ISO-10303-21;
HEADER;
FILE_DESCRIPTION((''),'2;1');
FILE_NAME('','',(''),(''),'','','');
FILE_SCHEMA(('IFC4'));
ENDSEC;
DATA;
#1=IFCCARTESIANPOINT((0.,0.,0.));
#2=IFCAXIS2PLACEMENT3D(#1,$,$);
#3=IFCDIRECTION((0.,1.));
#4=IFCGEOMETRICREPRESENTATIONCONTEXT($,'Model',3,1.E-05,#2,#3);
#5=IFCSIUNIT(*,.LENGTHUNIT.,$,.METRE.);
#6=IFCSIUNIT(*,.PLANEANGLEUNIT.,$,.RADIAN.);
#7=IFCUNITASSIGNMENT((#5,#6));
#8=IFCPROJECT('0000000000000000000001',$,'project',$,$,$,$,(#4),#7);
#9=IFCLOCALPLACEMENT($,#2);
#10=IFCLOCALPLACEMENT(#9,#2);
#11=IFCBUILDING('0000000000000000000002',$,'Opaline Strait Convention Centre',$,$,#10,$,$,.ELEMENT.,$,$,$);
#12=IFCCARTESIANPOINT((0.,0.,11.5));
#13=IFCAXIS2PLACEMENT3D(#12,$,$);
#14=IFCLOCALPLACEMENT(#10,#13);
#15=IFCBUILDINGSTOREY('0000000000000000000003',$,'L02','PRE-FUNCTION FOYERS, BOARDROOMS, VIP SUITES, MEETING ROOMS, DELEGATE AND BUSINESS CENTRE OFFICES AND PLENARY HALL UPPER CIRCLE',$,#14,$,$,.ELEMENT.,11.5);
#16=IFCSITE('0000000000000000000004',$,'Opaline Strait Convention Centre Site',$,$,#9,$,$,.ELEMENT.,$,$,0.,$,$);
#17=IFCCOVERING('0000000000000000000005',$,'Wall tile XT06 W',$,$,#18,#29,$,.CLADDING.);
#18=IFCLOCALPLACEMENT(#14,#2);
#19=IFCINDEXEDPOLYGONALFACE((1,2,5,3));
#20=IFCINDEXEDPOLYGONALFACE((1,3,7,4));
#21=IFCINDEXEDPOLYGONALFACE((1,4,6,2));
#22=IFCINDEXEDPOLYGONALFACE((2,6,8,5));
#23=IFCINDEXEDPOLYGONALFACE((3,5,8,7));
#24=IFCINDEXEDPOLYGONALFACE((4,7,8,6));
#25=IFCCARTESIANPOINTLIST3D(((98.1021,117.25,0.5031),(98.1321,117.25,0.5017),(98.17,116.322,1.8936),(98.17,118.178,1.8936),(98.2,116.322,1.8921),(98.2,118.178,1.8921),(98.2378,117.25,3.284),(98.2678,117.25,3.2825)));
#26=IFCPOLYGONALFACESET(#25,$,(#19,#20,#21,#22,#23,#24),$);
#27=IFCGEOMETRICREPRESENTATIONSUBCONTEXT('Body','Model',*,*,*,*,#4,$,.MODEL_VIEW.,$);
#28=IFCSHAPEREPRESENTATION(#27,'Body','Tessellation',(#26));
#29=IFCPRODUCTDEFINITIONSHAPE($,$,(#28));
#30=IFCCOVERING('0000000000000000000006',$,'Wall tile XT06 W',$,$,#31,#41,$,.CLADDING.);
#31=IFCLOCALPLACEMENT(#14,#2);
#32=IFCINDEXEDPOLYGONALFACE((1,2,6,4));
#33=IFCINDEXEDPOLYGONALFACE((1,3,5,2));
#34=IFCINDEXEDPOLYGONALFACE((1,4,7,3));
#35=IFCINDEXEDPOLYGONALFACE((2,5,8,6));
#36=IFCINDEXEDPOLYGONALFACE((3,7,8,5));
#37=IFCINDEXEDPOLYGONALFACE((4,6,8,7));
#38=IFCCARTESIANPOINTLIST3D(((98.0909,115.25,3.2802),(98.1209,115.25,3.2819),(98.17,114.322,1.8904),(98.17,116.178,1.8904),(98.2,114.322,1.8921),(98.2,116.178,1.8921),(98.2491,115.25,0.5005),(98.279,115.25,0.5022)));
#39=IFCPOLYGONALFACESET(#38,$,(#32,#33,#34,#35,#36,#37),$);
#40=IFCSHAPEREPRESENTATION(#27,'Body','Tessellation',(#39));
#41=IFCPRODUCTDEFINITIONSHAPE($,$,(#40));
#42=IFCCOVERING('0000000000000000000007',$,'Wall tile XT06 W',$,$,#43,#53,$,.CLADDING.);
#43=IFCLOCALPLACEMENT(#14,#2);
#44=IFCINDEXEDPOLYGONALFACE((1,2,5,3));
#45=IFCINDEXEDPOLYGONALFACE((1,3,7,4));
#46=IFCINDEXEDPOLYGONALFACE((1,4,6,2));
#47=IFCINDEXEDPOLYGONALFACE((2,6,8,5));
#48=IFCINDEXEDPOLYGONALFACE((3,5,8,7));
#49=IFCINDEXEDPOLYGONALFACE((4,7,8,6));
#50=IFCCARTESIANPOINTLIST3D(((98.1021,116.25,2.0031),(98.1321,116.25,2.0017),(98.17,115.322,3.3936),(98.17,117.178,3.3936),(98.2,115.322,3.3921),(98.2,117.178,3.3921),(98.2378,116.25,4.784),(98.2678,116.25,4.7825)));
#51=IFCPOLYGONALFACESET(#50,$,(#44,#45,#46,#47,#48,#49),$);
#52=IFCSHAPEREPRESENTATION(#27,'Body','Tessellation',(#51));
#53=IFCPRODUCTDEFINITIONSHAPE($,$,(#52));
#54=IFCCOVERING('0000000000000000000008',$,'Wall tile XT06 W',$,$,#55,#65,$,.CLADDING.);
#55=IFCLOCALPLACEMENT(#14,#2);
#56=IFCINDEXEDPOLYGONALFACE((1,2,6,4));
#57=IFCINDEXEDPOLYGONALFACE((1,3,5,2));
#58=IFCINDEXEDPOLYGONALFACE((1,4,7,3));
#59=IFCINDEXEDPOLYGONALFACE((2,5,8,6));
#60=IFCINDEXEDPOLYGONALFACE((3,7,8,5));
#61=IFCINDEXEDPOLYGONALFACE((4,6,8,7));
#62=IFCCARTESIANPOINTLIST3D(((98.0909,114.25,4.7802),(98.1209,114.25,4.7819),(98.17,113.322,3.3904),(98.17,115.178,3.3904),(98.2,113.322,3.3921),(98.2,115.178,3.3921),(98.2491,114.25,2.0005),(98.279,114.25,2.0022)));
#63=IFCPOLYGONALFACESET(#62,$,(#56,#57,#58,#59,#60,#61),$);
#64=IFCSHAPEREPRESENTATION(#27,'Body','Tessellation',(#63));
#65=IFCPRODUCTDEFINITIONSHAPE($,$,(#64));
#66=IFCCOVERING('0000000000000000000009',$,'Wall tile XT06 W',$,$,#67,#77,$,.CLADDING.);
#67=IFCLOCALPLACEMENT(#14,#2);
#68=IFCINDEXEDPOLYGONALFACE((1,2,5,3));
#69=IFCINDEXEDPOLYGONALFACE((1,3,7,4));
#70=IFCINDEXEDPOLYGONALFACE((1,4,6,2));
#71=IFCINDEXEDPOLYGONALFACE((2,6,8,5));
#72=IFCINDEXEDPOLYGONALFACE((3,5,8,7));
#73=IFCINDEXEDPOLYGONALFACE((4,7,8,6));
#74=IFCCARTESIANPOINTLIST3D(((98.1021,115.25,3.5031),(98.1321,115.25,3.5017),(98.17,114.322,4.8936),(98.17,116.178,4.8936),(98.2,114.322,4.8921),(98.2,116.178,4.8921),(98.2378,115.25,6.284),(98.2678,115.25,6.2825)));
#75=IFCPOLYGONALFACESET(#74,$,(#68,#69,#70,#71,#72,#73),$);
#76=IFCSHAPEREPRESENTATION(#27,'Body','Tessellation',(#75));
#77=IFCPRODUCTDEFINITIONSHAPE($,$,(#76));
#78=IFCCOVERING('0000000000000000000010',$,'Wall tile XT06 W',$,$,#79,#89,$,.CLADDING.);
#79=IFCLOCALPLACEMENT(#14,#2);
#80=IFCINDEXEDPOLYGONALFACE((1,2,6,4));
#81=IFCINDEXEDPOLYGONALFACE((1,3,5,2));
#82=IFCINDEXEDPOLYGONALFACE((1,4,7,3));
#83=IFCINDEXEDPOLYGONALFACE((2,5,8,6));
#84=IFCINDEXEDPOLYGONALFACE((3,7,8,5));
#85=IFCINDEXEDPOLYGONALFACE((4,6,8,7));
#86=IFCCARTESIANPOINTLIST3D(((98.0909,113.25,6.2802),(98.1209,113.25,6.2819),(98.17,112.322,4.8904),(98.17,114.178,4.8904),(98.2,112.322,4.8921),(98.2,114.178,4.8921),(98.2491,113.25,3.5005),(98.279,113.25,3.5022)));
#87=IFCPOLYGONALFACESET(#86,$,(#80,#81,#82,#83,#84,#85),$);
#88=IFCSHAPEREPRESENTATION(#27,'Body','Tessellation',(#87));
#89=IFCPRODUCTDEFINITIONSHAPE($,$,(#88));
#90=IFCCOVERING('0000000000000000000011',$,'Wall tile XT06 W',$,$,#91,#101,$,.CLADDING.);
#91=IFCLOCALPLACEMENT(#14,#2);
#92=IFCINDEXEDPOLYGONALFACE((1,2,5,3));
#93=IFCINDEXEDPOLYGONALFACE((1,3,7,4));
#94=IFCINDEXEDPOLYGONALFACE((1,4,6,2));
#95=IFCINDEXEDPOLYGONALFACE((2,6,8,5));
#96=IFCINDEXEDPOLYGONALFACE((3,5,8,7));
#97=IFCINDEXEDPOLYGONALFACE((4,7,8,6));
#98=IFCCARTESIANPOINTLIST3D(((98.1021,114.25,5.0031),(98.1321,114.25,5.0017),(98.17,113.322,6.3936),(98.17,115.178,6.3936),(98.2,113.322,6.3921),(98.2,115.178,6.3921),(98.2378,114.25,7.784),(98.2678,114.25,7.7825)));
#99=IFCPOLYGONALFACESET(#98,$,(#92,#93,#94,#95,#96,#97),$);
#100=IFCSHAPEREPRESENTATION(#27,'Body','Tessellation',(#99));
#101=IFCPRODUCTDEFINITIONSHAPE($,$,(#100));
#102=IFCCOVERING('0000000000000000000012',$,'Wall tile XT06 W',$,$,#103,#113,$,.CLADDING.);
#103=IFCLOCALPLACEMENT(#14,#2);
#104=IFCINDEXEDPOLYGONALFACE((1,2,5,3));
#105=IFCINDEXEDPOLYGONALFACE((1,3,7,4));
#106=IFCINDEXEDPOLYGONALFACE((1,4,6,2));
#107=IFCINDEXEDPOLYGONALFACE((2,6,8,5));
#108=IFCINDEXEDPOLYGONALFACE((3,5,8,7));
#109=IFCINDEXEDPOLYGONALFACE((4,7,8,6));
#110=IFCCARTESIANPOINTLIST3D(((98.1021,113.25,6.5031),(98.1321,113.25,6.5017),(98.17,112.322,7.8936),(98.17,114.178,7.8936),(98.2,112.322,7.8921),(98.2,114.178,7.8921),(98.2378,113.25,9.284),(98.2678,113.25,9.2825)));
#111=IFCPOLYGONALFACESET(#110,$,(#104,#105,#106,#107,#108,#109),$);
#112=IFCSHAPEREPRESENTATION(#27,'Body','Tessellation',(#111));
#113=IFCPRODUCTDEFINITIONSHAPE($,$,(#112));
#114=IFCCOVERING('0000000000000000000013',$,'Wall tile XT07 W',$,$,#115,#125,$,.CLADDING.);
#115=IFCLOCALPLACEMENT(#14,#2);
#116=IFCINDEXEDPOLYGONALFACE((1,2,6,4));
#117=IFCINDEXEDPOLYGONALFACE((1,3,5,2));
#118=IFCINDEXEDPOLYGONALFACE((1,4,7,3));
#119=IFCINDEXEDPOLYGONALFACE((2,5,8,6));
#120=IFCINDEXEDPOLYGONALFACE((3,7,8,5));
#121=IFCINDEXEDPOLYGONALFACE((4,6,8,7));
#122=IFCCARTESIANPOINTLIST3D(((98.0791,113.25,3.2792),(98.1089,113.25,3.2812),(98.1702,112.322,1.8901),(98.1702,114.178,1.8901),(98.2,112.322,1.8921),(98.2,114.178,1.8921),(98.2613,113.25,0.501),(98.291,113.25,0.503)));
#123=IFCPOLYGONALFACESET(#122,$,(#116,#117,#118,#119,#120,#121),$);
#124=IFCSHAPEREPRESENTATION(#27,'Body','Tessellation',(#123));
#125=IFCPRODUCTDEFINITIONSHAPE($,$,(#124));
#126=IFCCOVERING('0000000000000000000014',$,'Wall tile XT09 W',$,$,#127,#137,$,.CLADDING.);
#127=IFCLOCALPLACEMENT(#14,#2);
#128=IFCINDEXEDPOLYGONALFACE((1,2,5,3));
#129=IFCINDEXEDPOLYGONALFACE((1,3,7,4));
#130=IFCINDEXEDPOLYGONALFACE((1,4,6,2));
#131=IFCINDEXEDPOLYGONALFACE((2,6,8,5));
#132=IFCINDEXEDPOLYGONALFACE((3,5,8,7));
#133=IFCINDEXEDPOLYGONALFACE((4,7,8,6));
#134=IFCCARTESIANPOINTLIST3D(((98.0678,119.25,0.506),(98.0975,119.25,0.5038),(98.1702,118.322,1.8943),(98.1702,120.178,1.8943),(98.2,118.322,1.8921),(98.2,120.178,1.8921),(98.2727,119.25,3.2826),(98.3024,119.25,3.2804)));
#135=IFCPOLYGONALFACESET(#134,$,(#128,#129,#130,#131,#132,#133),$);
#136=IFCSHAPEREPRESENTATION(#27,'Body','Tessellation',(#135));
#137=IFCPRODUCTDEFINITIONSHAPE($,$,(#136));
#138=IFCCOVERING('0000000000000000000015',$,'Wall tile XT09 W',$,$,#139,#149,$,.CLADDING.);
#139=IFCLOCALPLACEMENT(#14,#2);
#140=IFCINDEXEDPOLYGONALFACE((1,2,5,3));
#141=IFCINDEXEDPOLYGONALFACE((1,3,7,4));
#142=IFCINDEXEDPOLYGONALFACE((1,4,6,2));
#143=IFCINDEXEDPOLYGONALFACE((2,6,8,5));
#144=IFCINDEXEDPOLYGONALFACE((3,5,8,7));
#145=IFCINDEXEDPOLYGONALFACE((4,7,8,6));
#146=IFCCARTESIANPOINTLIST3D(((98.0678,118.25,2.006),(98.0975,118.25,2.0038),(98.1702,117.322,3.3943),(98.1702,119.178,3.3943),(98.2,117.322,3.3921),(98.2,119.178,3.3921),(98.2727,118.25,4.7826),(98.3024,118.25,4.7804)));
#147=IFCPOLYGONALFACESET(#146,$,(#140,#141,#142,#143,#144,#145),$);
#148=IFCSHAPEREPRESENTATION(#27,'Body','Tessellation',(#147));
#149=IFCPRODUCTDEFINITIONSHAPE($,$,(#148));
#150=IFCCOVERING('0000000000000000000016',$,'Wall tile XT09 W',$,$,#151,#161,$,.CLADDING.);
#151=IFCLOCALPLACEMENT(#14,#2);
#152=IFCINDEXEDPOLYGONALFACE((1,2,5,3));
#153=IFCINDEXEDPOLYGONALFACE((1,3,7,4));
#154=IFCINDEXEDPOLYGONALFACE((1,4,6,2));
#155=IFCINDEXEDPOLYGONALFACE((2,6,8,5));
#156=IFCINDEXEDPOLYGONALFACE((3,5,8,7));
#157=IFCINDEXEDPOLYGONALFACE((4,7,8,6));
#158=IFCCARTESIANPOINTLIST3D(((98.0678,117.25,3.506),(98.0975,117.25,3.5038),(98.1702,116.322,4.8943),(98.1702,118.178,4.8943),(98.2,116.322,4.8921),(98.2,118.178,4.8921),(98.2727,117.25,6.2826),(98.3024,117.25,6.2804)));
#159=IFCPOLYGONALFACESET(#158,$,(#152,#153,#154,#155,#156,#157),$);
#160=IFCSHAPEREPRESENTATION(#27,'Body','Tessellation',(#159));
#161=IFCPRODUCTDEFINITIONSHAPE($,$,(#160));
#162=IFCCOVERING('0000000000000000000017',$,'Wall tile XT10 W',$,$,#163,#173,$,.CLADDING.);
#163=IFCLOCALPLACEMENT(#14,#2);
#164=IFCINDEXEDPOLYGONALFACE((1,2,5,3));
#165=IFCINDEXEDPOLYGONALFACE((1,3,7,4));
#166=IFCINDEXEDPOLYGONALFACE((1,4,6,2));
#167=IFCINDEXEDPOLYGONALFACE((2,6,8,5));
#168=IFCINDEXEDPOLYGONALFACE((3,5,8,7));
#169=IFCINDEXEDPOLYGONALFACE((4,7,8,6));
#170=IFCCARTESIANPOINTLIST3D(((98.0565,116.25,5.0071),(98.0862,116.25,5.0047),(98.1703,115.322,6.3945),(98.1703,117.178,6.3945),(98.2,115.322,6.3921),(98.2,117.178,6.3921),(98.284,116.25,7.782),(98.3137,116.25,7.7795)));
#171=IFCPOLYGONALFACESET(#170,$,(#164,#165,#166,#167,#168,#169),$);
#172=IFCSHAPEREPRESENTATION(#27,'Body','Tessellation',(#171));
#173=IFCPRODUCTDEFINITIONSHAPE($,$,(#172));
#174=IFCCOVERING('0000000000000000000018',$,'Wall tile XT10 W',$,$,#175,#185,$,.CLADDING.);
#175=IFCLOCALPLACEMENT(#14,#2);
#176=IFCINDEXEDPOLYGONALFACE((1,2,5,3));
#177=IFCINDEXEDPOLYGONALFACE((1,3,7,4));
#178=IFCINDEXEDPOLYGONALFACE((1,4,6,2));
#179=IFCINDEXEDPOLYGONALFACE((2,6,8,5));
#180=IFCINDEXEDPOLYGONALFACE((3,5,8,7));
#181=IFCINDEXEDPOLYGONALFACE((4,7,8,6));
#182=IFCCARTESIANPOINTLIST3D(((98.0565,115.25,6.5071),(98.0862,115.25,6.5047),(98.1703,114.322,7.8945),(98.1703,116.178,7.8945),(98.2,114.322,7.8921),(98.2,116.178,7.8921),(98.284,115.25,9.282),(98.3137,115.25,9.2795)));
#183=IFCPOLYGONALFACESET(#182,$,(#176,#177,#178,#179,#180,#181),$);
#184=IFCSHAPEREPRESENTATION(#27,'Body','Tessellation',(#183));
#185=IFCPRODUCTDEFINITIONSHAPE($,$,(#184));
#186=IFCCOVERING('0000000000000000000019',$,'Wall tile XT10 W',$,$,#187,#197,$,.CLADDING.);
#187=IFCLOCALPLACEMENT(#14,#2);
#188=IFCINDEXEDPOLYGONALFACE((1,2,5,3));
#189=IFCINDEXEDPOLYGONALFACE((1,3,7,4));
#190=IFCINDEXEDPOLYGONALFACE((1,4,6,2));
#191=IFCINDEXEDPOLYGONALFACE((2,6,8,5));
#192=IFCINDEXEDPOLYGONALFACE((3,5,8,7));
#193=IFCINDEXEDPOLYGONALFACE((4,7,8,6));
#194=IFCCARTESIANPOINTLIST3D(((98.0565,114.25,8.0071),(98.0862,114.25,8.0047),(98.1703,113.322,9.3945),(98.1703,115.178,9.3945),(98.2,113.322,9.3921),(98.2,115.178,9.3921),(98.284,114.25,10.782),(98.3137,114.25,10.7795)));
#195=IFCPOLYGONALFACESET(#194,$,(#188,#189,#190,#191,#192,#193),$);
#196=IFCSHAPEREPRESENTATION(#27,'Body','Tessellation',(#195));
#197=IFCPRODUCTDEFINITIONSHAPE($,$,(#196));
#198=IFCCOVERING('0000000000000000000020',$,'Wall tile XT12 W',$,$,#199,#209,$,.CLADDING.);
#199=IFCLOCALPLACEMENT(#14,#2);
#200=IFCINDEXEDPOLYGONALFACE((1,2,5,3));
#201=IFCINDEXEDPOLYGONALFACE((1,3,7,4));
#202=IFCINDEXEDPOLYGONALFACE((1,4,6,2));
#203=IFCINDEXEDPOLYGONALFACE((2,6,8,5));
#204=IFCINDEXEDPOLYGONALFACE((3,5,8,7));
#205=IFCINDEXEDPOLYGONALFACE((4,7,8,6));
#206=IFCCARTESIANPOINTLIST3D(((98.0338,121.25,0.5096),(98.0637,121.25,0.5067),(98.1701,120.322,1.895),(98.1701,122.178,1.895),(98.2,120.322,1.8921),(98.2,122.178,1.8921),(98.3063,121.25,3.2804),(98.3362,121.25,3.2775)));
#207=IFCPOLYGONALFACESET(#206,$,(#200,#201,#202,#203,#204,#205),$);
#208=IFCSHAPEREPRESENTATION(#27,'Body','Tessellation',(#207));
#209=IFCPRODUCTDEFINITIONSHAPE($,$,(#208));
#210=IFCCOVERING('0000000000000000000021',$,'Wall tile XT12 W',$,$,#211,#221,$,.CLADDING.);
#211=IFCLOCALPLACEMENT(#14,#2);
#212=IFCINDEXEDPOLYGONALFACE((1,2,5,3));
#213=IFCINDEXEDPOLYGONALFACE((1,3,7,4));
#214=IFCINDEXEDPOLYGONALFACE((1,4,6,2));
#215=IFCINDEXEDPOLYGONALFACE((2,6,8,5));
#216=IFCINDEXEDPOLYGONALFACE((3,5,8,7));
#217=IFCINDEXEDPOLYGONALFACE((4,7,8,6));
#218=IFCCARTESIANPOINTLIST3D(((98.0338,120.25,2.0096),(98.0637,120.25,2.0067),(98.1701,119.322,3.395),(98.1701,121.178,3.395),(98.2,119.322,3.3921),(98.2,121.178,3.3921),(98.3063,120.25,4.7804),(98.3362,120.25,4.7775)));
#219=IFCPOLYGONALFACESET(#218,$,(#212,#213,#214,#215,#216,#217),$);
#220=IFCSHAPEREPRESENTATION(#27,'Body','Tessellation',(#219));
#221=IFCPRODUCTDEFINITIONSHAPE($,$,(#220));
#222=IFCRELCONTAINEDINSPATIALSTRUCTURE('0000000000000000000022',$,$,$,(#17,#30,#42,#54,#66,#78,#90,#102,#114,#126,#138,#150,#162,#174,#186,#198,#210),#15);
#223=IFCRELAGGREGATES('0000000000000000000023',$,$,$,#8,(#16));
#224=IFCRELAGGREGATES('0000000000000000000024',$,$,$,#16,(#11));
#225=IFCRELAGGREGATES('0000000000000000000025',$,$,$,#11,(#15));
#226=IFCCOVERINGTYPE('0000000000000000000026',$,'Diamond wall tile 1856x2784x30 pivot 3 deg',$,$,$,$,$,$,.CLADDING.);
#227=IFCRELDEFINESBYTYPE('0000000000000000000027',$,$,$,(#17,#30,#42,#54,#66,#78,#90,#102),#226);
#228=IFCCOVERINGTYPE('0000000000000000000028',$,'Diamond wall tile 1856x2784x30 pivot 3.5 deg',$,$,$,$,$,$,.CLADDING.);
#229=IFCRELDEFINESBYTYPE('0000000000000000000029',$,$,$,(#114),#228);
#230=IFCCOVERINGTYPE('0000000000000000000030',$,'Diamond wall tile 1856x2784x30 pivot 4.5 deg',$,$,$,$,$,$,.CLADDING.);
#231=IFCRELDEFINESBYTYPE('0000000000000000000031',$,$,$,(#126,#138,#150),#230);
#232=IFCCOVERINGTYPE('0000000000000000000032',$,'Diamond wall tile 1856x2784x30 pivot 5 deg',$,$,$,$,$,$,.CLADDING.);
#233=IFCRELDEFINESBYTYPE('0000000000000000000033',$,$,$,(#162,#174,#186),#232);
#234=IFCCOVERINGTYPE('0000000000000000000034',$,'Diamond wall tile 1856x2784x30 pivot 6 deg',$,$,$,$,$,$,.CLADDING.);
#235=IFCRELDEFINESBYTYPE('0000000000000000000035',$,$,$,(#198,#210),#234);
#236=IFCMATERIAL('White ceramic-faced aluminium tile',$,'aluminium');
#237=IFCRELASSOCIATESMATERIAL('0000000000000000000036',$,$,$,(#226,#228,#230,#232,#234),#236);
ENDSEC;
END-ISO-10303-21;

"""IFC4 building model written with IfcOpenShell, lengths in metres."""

from ifc_helpers import new_model, si_unit, direction, frame, origin, place, context, subcontext, project, spatial, polyline, outline, extrude, material, material_profile, profile_set, type_object, element, save


model = new_model("IFC4")

# Units and contexts
model_context = context("Model", 3, precision=1e-05, world=origin(), true_north=direction((0.0, 1.0)))
body_context = subcontext(model_context, "Body", "Model", "MODEL_VIEW")
ifc_project = project(units=[si_unit("LENGTHUNIT", "METRE"), si_unit("PLANEANGLEUNIT", "RADIAN")], contexts=[model_context])

# Site, building, storey
site_placement = place(None, origin())
site = spatial("IfcSite", under=ifc_project, at=site_placement, Name="Opaline Strait Convention Centre Site", CompositionType="ELEMENT", RefElevation=0.0)
building_placement = place(site_placement, origin())
building = spatial("IfcBuilding", under=site, at=building_placement, Name="Opaline Strait Convention Centre", CompositionType="ELEMENT")
storey_placement = place(building_placement, frame((0.0, 0.0, 11.5)))
storey = spatial("IfcBuildingStorey", under=building, at=storey_placement, Name="L02", Description="PRE-FUNCTION FOYERS, BOARDROOMS, VIP SUITES, MEETING ROOMS, DELEGATE AND BUSINESS CENTRE OFFICES AND PLENARY HALL UPPER CIRCLE", CompositionType="ELEMENT", Elevation=11.5)

# Coverings
ifc_material = material(Name="White ceramic-faced aluminium tile", Category="aluminium")
ifc_material_profile_1 = material_profile(ifc_material, outline(polyline([(0.928, 0.0), (0.0, 1.3921), (-0.928, 0.0), (0.0, -1.3921), (0.928, 0.0)])), Name="Diamond tile 1856x2784")
ifc_profile_set_1 = profile_set([ifc_material_profile_1], Name="White ceramic-faced aluminium tile")
covering_type_1 = type_object("IfcCoveringType", Name="Diamond wall tile 1856x2784x30 pivot 3 deg", PredefinedType="CLADDING", material=ifc_profile_set_1)
for number, where, z_axis, x_axis, name in (
    (1, (98.2, 117.25, 1.8921), (-0.998812, 0.0, 0.048723), (0.0, -1.0, 0.0), "Wall tile XT06 W"),
    (2, (98.2, 115.25, 1.8921), (-0.998385, 0.0, -0.056819), (0.0, -1.0, 0.0), "Wall tile XT06 W"),
    (3, (98.2, 116.25, 3.3921), (-0.998812, 0.0, 0.048723), (0.0, -1.0, 0.0), "Wall tile XT06 W"),
    (4, (98.2, 114.25, 3.3921), (-0.998385, 0.0, -0.056819), (0.0, -1.0, 0.0), "Wall tile XT06 W"),
    (5, (98.2, 115.25, 4.8921), (-0.998812, 0.0, 0.048723), (0.0, -1.0, 0.0), "Wall tile XT06 W"),
    (6, (98.2, 113.25, 4.8921), (-0.998385, 0.0, -0.056819), (0.0, -1.0, 0.0), "Wall tile XT06 W"),
    (7, (98.2, 114.25, 6.3921), (-0.998812, 0.0, 0.048723), (0.0, -1.0, 0.0), "Wall tile XT06 W"),
    (8, (98.2, 113.25, 7.8921), (-0.998812, 0.0, 0.048723), (0.0, -1.0, 0.0), "Wall tile XT06 W"),
):
    element("IfcCovering", number, at=place(storey_placement, frame(where, z_axis=z_axis, x_axis=x_axis)), inside=storey, type_object=covering_type_1, Name=name, PredefinedType="CLADDING", context=body_context, shape_type="SweptSolid", body=[
        extrude(outline(polyline([(0.928, 0.0), (0.0, 1.3921), (-0.928, 0.0), (0.0, -1.3921), (0.928, 0.0)])), origin(), (0.0, 0.0, 1.0), 0.03),
    ])
ifc_material_profile_2 = material_profile(ifc_material, outline(polyline([(0.928, 0.0), (0.0, 1.3921), (-0.928, 0.0), (0.0, -1.3921), (0.928, 0.0)])), Name="Diamond tile 1856x2784")
ifc_profile_set_2 = profile_set([ifc_material_profile_2], Name="White ceramic-faced aluminium tile")
covering_type_2 = type_object("IfcCoveringType", Name="Diamond wall tile 1856x2784x30 pivot 3.5 deg", PredefinedType="CLADDING", material=ifc_profile_set_2)
covering_1_placement = place(storey_placement, frame((98.2, 113.25, 1.8921), z_axis=(-0.997857, 0.0, -0.065433), x_axis=(0.0, -1.0, 0.0)))
element("IfcCovering", 9, at=covering_1_placement, inside=storey, type_object=covering_type_2, Name="Wall tile XT07 W", PredefinedType="CLADDING", context=body_context, shape_type="SweptSolid", body=[
    extrude(outline(polyline([(0.928, 0.0), (0.0, 1.3921), (-0.928, 0.0), (0.0, -1.3921), (0.928, 0.0)])), origin(), (0.0, 0.0, 1.0), 0.0298),
])
ifc_material_profile_3 = material_profile(ifc_material, outline(polyline([(0.928, 0.0), (0.0, 1.3921), (-0.928, 0.0), (0.0, -1.3921), (0.928, 0.0)])), Name="Diamond tile 1856x2784")
ifc_profile_set_3 = profile_set([ifc_material_profile_3], Name="White ceramic-faced aluminium tile")
covering_type_3 = type_object("IfcCoveringType", Name="Diamond wall tile 1856x2784x30 pivot 4.5 deg", PredefinedType="CLADDING", material=ifc_profile_set_3)
for number, where, z_axis, x_axis, name in (
    (10, (98.2, 119.25, 1.8921), (-0.99729, 0.0, 0.073571), (0.0, -1.0, 0.0), "Wall tile XT09 W"),
    (11, (98.2, 118.25, 3.3921), (-0.99729, 0.0, 0.073571), (0.0, -1.0, 0.0), "Wall tile XT09 W"),
    (12, (98.2, 117.25, 4.8921), (-0.99729, 0.0, 0.073571), (0.0, -1.0, 0.0), "Wall tile XT09 W"),
):
    element("IfcCovering", number, at=place(storey_placement, frame(where, z_axis=z_axis, x_axis=x_axis)), inside=storey, type_object=covering_type_3, Name=name, PredefinedType="CLADDING", context=body_context, shape_type="SweptSolid", body=[
        extrude(outline(polyline([(0.928, 0.0), (0.0, 1.3921), (-0.928, 0.0), (0.0, -1.3921), (0.928, 0.0)])), origin(), (0.0, 0.0, 1.0), 0.0298),
    ])
ifc_material_profile_4 = material_profile(ifc_material, outline(polyline([(0.928, 0.0), (0.0, 1.3921), (-0.928, 0.0), (0.0, -1.3921), (0.928, 0.0)])), Name="Diamond tile 1856x2784")
ifc_profile_set_4 = profile_set([ifc_material_profile_4], Name="White ceramic-faced aluminium tile")
covering_type_4 = type_object("IfcCoveringType", Name="Diamond wall tile 1856x2784x30 pivot 5 deg", PredefinedType="CLADDING", material=ifc_profile_set_4)
for number, where, z_axis, x_axis, name in (
    (13, (98.2, 116.25, 6.3921), (-0.996658, 0.0, 0.081693), (0.0, -1.0, 0.0), "Wall tile XT10 W"),
    (14, (98.2, 115.25, 7.8921), (-0.996658, 0.0, 0.081693), (0.0, -1.0, 0.0), "Wall tile XT10 W"),
    (15, (98.2, 114.25, 9.3921), (-0.996658, 0.0, 0.081693), (0.0, -1.0, 0.0), "Wall tile XT10 W"),
):
    element("IfcCovering", number, at=place(storey_placement, frame(where, z_axis=z_axis, x_axis=x_axis)), inside=storey, type_object=covering_type_4, Name=name, PredefinedType="CLADDING", context=body_context, shape_type="SweptSolid", body=[
        extrude(outline(polyline([(0.928, 0.0), (0.0, 1.3921), (-0.928, 0.0), (0.0, -1.3921), (0.928, 0.0)])), origin(), (0.0, 0.0, 1.0), 0.0298),
    ])
ifc_material_profile_5 = material_profile(ifc_material, outline(polyline([(0.928, 0.0), (0.0, 1.3921), (-0.928, 0.0), (0.0, -1.3921), (0.928, 0.0)])), Name="Diamond tile 1856x2784")
ifc_profile_set_5 = profile_set([ifc_material_profile_5], Name="White ceramic-faced aluminium tile")
covering_type_5 = type_object("IfcCoveringType", Name="Diamond wall tile 1856x2784x30 pivot 6 deg", PredefinedType="CLADDING", material=ifc_profile_set_5)
for number, where, z_axis, x_axis, name in (
    (16, (98.2, 121.25, 1.8921), (-0.995197, 0.0, 0.097888), (0.0, -1.0, 0.0), "Wall tile XT12 W"),
    (17, (98.2, 120.25, 3.3921), (-0.995197, 0.0, 0.097888), (0.0, -1.0, 0.0), "Wall tile XT12 W"),
):
    element("IfcCovering", number, at=place(storey_placement, frame(where, z_axis=z_axis, x_axis=x_axis)), inside=storey, type_object=covering_type_5, Name=name, PredefinedType="CLADDING", context=body_context, shape_type="SweptSolid", body=[
        extrude(outline(polyline([(0.928, 0.0), (0.0, 1.3921), (-0.928, 0.0), (0.0, -1.3921), (0.928, 0.0)])), origin(), (0.0, 0.0, 1.0), 0.03),
    ])

save(model, "model.ifc")
